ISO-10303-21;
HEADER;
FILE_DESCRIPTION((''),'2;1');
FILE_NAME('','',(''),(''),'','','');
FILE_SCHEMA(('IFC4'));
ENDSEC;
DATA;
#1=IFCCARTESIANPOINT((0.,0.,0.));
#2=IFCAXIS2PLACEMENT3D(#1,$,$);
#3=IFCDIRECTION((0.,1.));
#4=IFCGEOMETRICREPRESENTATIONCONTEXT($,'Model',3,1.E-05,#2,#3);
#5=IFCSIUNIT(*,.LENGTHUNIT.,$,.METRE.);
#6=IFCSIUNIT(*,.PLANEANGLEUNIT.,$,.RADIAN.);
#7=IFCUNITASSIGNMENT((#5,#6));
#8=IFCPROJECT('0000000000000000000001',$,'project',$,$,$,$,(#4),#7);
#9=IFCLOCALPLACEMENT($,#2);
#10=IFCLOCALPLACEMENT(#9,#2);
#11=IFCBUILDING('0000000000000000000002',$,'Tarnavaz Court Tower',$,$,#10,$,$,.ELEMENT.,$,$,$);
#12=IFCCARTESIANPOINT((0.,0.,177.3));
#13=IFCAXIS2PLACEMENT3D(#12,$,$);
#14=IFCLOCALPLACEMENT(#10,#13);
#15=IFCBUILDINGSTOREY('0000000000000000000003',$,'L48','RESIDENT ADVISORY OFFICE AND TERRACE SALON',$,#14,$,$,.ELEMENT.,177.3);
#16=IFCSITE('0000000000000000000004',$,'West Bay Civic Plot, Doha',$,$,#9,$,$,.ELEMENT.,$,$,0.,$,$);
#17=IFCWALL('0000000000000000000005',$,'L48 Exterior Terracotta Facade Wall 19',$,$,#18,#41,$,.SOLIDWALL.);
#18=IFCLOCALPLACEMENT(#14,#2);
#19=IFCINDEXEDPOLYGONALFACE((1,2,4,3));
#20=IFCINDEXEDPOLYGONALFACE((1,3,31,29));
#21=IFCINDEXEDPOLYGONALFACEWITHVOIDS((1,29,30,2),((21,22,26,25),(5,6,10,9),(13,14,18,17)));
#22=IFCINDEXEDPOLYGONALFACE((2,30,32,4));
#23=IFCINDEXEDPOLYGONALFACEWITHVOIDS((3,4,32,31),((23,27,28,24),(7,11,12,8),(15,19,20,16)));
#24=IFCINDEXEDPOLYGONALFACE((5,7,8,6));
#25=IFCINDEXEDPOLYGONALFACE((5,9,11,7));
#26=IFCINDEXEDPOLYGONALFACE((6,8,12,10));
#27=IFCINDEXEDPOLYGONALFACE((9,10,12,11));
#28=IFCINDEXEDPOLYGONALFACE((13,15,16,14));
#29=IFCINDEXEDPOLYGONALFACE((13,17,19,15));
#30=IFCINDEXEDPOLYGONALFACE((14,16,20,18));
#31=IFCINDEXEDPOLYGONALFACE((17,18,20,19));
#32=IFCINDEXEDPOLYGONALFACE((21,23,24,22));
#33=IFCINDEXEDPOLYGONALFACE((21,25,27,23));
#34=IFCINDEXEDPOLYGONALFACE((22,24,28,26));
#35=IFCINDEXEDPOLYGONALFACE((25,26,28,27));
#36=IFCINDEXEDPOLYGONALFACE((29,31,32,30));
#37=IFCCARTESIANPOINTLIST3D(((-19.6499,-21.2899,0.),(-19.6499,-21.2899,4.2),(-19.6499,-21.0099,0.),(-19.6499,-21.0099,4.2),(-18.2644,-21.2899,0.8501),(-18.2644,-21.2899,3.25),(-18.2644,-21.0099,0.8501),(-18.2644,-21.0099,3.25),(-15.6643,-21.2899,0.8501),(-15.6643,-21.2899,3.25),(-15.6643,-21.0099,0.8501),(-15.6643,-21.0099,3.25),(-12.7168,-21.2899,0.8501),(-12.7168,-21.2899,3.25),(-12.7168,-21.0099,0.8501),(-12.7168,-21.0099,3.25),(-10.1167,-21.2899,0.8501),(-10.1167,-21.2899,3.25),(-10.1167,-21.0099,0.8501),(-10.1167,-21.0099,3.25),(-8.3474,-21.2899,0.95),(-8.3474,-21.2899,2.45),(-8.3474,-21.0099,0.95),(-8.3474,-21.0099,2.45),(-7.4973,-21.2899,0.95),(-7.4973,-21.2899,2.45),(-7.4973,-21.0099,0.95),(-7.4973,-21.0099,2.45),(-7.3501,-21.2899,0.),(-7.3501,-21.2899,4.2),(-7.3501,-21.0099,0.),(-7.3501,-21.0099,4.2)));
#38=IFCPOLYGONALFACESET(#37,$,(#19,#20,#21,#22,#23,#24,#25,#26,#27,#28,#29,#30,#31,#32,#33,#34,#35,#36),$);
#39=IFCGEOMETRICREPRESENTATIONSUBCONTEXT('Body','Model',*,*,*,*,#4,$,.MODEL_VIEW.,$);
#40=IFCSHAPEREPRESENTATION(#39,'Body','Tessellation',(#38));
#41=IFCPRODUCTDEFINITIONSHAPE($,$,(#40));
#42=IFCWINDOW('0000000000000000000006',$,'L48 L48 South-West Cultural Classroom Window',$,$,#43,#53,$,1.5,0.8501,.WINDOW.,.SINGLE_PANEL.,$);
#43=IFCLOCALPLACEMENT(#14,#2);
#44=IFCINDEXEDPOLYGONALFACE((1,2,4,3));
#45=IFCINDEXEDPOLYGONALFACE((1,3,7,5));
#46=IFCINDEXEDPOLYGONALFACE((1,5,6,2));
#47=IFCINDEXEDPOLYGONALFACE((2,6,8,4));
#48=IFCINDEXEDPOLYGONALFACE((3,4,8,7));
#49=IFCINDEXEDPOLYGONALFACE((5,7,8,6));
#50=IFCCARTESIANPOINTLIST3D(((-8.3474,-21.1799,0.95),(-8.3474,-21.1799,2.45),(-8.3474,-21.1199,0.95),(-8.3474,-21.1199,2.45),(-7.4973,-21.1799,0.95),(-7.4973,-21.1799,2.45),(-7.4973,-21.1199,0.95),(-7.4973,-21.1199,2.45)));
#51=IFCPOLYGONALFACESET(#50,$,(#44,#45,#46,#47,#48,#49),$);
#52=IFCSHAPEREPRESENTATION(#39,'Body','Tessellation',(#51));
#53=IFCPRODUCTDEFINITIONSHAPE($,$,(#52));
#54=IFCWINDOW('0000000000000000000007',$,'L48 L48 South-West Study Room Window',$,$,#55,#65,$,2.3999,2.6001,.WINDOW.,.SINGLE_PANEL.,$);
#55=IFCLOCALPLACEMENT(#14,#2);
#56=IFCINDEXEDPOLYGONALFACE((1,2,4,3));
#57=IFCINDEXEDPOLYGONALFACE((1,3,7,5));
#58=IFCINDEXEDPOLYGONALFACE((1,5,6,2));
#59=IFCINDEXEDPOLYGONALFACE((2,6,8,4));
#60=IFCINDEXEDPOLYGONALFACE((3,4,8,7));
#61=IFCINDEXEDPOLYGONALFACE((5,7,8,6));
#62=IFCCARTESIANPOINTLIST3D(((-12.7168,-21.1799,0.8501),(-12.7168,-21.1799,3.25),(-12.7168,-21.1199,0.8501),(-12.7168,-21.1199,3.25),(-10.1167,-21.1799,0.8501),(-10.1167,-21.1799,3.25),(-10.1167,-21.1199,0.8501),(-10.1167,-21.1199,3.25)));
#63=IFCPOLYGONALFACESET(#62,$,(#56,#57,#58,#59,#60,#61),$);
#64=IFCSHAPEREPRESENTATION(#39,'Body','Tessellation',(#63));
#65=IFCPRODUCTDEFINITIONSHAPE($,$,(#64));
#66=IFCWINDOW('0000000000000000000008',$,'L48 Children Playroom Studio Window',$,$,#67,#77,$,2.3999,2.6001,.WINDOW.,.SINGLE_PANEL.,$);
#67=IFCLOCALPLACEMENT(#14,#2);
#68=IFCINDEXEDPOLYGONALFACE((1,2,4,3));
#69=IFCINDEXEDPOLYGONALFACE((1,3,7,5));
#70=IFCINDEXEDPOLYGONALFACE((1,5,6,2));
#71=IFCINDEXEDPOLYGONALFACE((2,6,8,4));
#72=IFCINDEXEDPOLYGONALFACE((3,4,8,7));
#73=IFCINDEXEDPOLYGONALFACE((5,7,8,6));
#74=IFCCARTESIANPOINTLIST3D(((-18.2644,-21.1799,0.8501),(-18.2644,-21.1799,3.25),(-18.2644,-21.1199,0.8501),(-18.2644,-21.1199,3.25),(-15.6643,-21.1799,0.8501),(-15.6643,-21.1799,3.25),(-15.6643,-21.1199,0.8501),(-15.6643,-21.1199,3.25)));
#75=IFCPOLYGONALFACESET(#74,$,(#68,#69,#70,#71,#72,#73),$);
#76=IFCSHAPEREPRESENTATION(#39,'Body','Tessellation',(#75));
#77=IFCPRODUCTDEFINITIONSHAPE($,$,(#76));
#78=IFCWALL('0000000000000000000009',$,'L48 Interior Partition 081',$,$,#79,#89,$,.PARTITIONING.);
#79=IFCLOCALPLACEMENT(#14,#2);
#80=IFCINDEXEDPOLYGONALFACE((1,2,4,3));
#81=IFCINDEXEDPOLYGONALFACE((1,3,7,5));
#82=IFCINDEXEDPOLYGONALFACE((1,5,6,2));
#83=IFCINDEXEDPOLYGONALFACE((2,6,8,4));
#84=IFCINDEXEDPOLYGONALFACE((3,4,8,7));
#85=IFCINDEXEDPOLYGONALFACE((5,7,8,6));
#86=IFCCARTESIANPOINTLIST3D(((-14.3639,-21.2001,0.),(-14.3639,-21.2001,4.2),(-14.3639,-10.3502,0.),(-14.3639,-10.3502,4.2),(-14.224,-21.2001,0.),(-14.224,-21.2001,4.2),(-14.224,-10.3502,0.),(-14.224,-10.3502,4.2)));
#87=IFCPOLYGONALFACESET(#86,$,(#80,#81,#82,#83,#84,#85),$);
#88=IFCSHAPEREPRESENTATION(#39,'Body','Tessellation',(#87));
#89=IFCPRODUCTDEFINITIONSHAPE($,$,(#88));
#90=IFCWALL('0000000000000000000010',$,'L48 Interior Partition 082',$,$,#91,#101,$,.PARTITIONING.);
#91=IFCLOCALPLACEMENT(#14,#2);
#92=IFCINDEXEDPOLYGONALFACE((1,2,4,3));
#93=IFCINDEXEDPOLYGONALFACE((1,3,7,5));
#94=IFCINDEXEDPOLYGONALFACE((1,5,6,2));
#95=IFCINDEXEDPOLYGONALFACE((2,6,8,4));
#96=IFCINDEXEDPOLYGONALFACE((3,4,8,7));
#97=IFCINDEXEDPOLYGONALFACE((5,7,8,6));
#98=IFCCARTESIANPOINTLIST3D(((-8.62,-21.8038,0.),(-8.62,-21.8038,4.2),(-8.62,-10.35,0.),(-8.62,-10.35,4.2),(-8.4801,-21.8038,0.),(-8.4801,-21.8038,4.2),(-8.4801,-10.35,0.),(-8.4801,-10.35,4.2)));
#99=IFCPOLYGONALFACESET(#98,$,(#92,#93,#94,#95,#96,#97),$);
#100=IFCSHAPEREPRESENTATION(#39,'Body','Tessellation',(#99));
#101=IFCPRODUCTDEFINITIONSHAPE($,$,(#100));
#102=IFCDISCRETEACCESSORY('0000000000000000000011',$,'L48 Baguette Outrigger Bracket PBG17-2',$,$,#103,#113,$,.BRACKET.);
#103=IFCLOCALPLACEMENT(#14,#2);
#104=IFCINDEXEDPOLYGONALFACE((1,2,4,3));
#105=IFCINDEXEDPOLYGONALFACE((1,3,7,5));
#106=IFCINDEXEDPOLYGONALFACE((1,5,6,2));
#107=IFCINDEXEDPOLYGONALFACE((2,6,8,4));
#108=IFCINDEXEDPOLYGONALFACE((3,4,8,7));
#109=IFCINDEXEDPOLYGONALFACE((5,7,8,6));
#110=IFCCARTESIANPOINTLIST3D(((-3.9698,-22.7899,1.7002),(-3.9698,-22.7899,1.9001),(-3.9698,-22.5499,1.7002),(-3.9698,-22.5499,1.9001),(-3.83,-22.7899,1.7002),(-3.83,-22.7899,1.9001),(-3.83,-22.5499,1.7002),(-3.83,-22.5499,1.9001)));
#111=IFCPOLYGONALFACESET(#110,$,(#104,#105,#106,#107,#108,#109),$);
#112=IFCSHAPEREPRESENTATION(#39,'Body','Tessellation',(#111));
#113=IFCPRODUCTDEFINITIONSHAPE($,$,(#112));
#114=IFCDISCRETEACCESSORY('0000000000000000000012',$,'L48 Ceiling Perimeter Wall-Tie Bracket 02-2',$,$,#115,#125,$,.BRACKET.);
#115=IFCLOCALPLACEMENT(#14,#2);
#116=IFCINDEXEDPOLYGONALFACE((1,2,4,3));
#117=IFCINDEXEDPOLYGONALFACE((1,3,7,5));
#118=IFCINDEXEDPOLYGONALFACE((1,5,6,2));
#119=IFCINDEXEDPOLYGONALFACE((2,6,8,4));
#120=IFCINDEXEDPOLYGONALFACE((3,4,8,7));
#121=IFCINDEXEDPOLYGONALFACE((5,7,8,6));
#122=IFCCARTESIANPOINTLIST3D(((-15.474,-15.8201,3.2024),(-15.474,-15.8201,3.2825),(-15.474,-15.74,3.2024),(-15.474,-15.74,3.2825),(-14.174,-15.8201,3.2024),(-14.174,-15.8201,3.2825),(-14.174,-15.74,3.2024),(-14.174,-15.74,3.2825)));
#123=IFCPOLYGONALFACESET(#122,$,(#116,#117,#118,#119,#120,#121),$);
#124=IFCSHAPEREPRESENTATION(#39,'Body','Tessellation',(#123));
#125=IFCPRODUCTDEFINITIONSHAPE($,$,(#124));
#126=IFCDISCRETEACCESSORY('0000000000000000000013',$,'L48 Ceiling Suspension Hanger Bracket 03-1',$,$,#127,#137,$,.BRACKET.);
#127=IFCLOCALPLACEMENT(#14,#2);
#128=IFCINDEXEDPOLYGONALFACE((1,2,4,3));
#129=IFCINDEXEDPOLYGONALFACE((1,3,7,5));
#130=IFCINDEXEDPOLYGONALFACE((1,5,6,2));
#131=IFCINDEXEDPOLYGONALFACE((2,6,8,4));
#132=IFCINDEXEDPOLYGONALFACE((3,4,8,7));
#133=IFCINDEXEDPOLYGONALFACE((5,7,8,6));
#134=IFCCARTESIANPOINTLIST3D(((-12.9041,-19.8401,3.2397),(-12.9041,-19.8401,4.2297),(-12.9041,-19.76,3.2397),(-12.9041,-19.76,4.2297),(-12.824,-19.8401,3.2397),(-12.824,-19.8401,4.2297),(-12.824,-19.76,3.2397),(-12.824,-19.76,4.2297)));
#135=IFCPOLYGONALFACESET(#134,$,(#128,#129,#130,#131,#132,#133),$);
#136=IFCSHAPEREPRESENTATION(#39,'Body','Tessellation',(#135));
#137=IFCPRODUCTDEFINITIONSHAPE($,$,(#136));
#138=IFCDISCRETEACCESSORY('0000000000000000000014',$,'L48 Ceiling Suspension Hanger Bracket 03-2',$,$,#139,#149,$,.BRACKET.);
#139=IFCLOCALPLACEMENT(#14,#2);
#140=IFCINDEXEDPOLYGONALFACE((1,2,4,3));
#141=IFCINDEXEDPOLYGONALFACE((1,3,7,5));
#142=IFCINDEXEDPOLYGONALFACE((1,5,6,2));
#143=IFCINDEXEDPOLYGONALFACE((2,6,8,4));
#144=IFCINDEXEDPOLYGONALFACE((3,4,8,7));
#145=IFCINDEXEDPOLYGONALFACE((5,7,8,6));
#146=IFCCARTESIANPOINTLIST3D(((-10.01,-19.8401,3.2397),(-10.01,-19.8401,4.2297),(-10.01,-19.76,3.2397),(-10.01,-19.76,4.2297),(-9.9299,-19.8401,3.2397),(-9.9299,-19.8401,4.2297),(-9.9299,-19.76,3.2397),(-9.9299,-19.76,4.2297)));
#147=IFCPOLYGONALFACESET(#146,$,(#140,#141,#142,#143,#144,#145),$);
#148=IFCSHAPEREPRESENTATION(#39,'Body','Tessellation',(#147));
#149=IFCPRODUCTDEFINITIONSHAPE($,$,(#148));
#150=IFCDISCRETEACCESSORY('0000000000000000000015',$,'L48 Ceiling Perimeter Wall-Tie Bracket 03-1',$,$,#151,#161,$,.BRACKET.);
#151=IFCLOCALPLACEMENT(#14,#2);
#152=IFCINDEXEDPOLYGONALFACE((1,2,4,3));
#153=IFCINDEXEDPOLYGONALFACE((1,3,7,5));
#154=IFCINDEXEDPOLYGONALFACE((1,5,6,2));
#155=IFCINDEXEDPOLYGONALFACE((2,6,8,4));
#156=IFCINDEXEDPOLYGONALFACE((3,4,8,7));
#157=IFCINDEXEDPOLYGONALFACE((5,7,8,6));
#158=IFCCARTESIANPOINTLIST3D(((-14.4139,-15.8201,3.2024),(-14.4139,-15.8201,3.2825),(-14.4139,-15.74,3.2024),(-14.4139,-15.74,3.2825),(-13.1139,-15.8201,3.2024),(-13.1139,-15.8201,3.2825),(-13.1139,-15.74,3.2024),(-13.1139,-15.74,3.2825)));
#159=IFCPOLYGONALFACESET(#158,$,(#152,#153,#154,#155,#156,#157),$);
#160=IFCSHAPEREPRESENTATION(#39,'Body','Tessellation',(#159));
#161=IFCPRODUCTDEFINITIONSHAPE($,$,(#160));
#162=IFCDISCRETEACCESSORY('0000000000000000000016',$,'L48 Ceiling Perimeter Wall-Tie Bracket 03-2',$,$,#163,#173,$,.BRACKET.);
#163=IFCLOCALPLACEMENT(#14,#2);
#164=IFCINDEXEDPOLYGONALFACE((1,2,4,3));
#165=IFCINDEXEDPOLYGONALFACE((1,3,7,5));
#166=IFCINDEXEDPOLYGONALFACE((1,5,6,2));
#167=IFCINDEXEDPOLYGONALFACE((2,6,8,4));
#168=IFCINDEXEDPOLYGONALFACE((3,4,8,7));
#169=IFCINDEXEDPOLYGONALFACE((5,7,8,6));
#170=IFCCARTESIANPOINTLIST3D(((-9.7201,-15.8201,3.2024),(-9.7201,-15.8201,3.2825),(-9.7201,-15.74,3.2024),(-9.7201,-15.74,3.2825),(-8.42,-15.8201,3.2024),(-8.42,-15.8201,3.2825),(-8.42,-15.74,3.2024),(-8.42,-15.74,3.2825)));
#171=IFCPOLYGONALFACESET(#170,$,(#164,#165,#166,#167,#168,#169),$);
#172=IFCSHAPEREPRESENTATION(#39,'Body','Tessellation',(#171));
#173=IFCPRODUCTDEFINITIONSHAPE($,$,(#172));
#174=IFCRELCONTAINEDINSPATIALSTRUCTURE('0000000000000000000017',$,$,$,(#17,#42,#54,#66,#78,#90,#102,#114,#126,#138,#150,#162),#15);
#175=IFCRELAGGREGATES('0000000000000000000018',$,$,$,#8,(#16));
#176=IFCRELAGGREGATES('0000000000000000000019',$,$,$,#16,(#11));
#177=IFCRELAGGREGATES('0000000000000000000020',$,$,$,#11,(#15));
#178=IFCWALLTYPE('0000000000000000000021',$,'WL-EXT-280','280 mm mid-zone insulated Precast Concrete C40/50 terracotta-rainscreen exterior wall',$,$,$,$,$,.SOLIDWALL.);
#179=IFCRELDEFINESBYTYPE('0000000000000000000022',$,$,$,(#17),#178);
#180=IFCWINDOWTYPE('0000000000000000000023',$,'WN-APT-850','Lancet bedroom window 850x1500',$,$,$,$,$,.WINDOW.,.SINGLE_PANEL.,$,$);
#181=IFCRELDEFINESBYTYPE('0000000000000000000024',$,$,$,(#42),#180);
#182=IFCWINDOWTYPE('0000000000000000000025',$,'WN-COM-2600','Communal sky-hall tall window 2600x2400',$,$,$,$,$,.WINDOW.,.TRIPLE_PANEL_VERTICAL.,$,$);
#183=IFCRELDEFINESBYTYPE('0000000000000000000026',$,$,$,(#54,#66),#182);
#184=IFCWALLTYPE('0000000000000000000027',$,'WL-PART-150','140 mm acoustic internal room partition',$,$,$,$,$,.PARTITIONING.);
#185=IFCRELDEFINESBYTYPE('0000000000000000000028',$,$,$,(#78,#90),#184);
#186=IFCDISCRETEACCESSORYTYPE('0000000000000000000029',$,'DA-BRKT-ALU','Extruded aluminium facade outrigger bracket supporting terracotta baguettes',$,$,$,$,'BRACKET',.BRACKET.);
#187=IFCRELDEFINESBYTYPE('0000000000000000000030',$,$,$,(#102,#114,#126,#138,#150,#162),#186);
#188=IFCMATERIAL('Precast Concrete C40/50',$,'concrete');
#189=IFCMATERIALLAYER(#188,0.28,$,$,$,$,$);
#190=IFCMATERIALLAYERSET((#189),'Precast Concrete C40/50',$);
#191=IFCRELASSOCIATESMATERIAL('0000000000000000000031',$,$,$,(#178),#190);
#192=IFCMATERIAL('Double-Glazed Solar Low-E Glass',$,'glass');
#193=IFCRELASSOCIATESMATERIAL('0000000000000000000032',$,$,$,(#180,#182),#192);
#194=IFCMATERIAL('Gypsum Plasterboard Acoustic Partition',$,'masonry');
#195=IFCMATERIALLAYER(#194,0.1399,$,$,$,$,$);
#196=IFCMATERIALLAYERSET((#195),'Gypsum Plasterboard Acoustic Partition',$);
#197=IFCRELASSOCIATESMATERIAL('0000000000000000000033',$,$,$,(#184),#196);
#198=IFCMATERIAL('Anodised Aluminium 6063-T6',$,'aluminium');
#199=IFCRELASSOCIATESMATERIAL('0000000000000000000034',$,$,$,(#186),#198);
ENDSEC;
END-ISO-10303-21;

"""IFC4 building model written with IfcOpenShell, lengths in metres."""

from ifc_helpers import new_model, si_unit, direction, frame, frame_2d, origin, origin_2d, place, context, subcontext, project, spatial, rectangle, extrude, material, layer, layer_set, type_object, element, fill, save


model = new_model("IFC4")

# Units and contexts
model_context = context("Model", 3, precision=1e-05, world=origin(), true_north=direction((0.0, 1.0)))
body_context = subcontext(model_context, "Body", "Model", "MODEL_VIEW")
ifc_project = project(units=[si_unit("LENGTHUNIT", "METRE"), si_unit("PLANEANGLEUNIT", "RADIAN")], contexts=[model_context])

# Site, building, storey
site_placement = place(None, origin())
site = spatial("IfcSite", under=ifc_project, at=site_placement, Name="West Bay Civic Plot, Doha", CompositionType="ELEMENT", RefElevation=0.0)
building_placement = place(site_placement, origin())
building = spatial("IfcBuilding", under=site, at=building_placement, Name="Tarnavaz Court Tower", CompositionType="ELEMENT")
storey_placement = place(building_placement, frame((0.0, 0.0, 177.3)))
storey = spatial("IfcBuildingStorey", under=building, at=storey_placement, Name="L48", Description="RESIDENT ADVISORY OFFICE AND TERRACE SALON", CompositionType="ELEMENT", Elevation=177.3)

# Shared definitions
ifc_material_1 = material(Name="Anodised Aluminium 6063-T6", Category="aluminium")
ifc_material_2 = material(Name="Double-Glazed Solar Low-E Glass", Category="glass")

# Shared definitions
ifc_material_3 = material(Name="Precast Concrete C40/50", Category="concrete")
ifc_layer_1 = layer(ifc_material_3, 0.28)
ifc_layer_set_1 = layer_set([ifc_layer_1], Name="Precast Concrete C40/50")
wall_type_1 = type_object("IfcWallType", Name="WL-EXT-280", Description="280 mm mid-zone insulated Precast Concrete C40/50 terracotta-rainscreen exterior wall", PredefinedType="SOLIDWALL", material=ifc_layer_set_1)

# Wall, openings, windows
wall_1_placement = place(storey_placement, frame((-7.3501, -21.1499, 0.0), z_axis=(0.0, 0.0, 1.0), x_axis=(-1.0, 0.0, 0.0)))
wall_1 = element("IfcWall", 1, at=wall_1_placement, inside=storey, type_object=wall_type_1, Name="L48 Exterior Terracotta Facade Wall 19", PredefinedType="SOLIDWALL", context=body_context, shape_type="SweptSolid", body=[
    extrude(rectangle(XDim=12.2998, YDim=0.28, at=frame_2d((6.1499, 0.0))), origin(), (0.0, 0.0, 1.0), 4.2),
])
opening_1_placement = place(wall_1_placement, frame((0.1472, 0.0, 0.95)))
opening_1 = element("IfcOpeningElement", 2, at=opening_1_placement, cuts=wall_1, PredefinedType="OPENING", context=body_context, shape_type="SweptSolid", body=[
    extrude(rectangle(XDim=0.8501, YDim=1.5, at=frame_2d((0.425, 0.75))), frame((0.0, 0.1499, 0.0), z_axis=(0.0, -1.0, 0.0), x_axis=(1.0, 0.0, 0.0)), (0.0, 0.0, 1.0), 0.3),
])
opening_2_placement = place(wall_1_placement, frame((2.7666, 0.0, 0.8501)))
opening_2 = element("IfcOpeningElement", 3, at=opening_2_placement, cuts=wall_1, PredefinedType="OPENING", context=body_context, shape_type="SweptSolid", body=[
    extrude(rectangle(XDim=2.6001, YDim=2.3999, at=frame_2d((1.3, 1.2))), frame((0.0, 0.1499, 0.0), z_axis=(0.0, -1.0, 0.0), x_axis=(1.0, 0.0, 0.0)), (0.0, 0.0, 1.0), 0.3),
])
opening_3_placement = place(wall_1_placement, frame((8.3142, 0.0, 0.8501)))
opening_3 = element("IfcOpeningElement", 4, at=opening_3_placement, cuts=wall_1, PredefinedType="OPENING", context=body_context, shape_type="SweptSolid", body=[
    extrude(rectangle(XDim=2.6001, YDim=2.3999, at=frame_2d((1.3, 1.2))), frame((0.0, 0.1499, 0.0), z_axis=(0.0, -1.0, 0.0), x_axis=(1.0, 0.0, 0.0)), (0.0, 0.0, 1.0), 0.3),
])
window_type_1 = type_object("IfcWindowType", Name="WN-APT-850", Description="Lancet bedroom window 850x1500", PartitioningType="SINGLE_PANEL", PredefinedType="WINDOW", material=ifc_material_2)
window_1_placement = place(opening_1_placement, origin())
window_1 = element("IfcWindow", 5, at=window_1_placement, inside=storey, type_object=window_type_1, Name="L48 L48 South-West Cultural Classroom Window", OverallHeight=1.5, OverallWidth=0.8501, PartitioningType="SINGLE_PANEL", PredefinedType="WINDOW", context=body_context, shape_type="SweptSolid", body=[
    extrude(rectangle(XDim=0.8501, YDim=1.5, at=frame_2d((0.425, 0.75))), frame((0.0, 0.03, 0.0), z_axis=(0.0, -1.0, 0.0), x_axis=(1.0, 0.0, 0.0)), (0.0, 0.0, 1.0), 0.0601),
])
fill(opening_1, window_1)
window_type_2 = type_object("IfcWindowType", Name="WN-COM-2600", Description="Communal sky-hall tall window 2600x2400", PartitioningType="TRIPLE_PANEL_VERTICAL", PredefinedType="WINDOW", material=ifc_material_2)
window_2_placement = place(opening_2_placement, origin())
window_2 = element("IfcWindow", 6, at=window_2_placement, inside=storey, type_object=window_type_2, Name="L48 L48 South-West Study Room Window", OverallHeight=2.3999, OverallWidth=2.6001, PartitioningType="SINGLE_PANEL", PredefinedType="WINDOW", context=body_context, shape_type="SweptSolid", body=[
    extrude(rectangle(XDim=2.6001, YDim=2.3999, at=frame_2d((1.3, 1.2))), frame((0.0, 0.03, 0.0), z_axis=(0.0, -1.0, 0.0), x_axis=(1.0, 0.0, 0.0)), (0.0, 0.0, 1.0), 0.0601),
])
fill(opening_2, window_2)
window_3_placement = place(opening_3_placement, origin())
window_3 = element("IfcWindow", 7, at=window_3_placement, inside=storey, type_object=window_type_2, Name="L48 Children Playroom Studio Window", OverallHeight=2.3999, OverallWidth=2.6001, PartitioningType="SINGLE_PANEL", PredefinedType="WINDOW", context=body_context, shape_type="SweptSolid", body=[
    extrude(rectangle(XDim=2.6001, YDim=2.3999, at=frame_2d((1.3, 1.2))), frame((0.0, 0.03, 0.0), z_axis=(0.0, -1.0, 0.0), x_axis=(1.0, 0.0, 0.0)), (0.0, 0.0, 1.0), 0.0601),
])
fill(opening_3, window_3)

# Walls
ifc_material_4 = material(Name="Gypsum Plasterboard Acoustic Partition", Category="masonry")
ifc_layer_2 = layer(ifc_material_4, 0.1399)
ifc_layer_set_2 = layer_set([ifc_layer_2], Name="Gypsum Plasterboard Acoustic Partition")
wall_type_2 = type_object("IfcWallType", Name="WL-PART-150", Description="140 mm acoustic internal room partition", PredefinedType="PARTITIONING", material=ifc_layer_set_2)
wall_2_placement = place(storey_placement, frame((-14.2939, -21.2, 0.0), z_axis=(0.0, 0.0, 1.0), x_axis=(0.0, 1.0, 0.0)))
element("IfcWall", 8, at=wall_2_placement, inside=storey, type_object=wall_type_2, Name="L48 Interior Partition 081", PredefinedType="PARTITIONING", context=body_context, shape_type="SweptSolid", body=[
    extrude(rectangle(XDim=10.8499, YDim=0.1399, at=frame_2d((5.4248, 0.0))), origin(), (0.0, 0.0, 1.0), 4.2),
])
wall_3_placement = place(storey_placement, frame((-8.55, -21.804, 0.0), z_axis=(0.0, 0.0, 1.0), x_axis=(0.0, 1.0, 0.0)))
element("IfcWall", 9, at=wall_3_placement, inside=storey, type_object=wall_type_2, Name="L48 Interior Partition 082", PredefinedType="PARTITIONING", context=body_context, shape_type="SweptSolid", body=[
    extrude(rectangle(XDim=11.4539, YDim=0.1399, at=frame_2d((5.7271, 0.0))), origin(), (0.0, 0.0, 1.0), 4.2),
])

# Discrete accessories
discrete_accessory_type = type_object("IfcDiscreteAccessoryType", Name="DA-BRKT-ALU", Description="Extruded aluminium facade outrigger bracket supporting terracotta baguettes", ElementType="BRACKET", PredefinedType="BRACKET", material=ifc_material_1)
discrete_accessory_1_placement = place(storey_placement, frame((-3.8999, -22.6699, 1.7002), z_axis=(0.0, 0.0, 1.0), x_axis=(-1.0, 0.0, 0.0)))
element("IfcDiscreteAccessory", 10, at=discrete_accessory_1_placement, inside=storey, type_object=discrete_accessory_type, Name="L48 Baguette Outrigger Bracket PBG17-2", PredefinedType="BRACKET", context=body_context, shape_type="SweptSolid", body=[
    extrude(rectangle(XDim=0.1399, YDim=0.24, at=origin_2d()), origin(), (0.0, 0.0, 1.0), 0.2),
])
discrete_accessory_2_placement = place(storey_placement, frame((-14.824, -15.78, 3.2024), z_axis=(0.0, 0.0, 1.0), x_axis=(1.0, 0.0, 0.0)))
element("IfcDiscreteAccessory", 11, at=discrete_accessory_2_placement, inside=storey, type_object=discrete_accessory_type, Name="L48 Ceiling Perimeter Wall-Tie Bracket 02-2", PredefinedType="BRACKET", context=body_context, shape_type="SweptSolid", body=[
    extrude(rectangle(XDim=1.3, YDim=0.0801, at=origin_2d()), origin(), (0.0, 0.0, 1.0), 0.0801),
])
for number, where, z_axis, x_axis, name in (
    (12, (-12.864, -19.8, 3.2397), (0.0, 0.0, 1.0), (1.0, 0.0, 0.0), "L48 Ceiling Suspension Hanger Bracket 03-1"),
    (13, (-9.97, -19.8, 3.2397), (0.0, 0.0, 1.0), (1.0, 0.0, 0.0), "L48 Ceiling Suspension Hanger Bracket 03-2"),
):
    element("IfcDiscreteAccessory", number, at=place(storey_placement, frame(where, z_axis=z_axis, x_axis=x_axis)), inside=storey, type_object=discrete_accessory_type, Name=name, PredefinedType="BRACKET", context=body_context, shape_type="SweptSolid", body=[
        extrude(rectangle(XDim=0.0801, YDim=0.0801, at=origin_2d()), origin(), (0.0, 0.0, 1.0), 0.99),
    ])
for number, where, z_axis, x_axis, name in (
    (14, (-13.7639, -15.78, 3.2024), (0.0, 0.0, 1.0), (1.0, 0.0, 0.0), "L48 Ceiling Perimeter Wall-Tie Bracket 03-1"),
    (15, (-9.0701, -15.78, 3.2024), (0.0, 0.0, 1.0), (1.0, 0.0, 0.0), "L48 Ceiling Perimeter Wall-Tie Bracket 03-2"),
):
    element("IfcDiscreteAccessory", number, at=place(storey_placement, frame(where, z_axis=z_axis, x_axis=x_axis)), inside=storey, type_object=discrete_accessory_type, Name=name, PredefinedType="BRACKET", context=body_context, shape_type="SweptSolid", body=[
        extrude(rectangle(XDim=1.3, YDim=0.0801, at=origin_2d()), origin(), (0.0, 0.0, 1.0), 0.0801),
    ])

save(model, "model.ifc")
